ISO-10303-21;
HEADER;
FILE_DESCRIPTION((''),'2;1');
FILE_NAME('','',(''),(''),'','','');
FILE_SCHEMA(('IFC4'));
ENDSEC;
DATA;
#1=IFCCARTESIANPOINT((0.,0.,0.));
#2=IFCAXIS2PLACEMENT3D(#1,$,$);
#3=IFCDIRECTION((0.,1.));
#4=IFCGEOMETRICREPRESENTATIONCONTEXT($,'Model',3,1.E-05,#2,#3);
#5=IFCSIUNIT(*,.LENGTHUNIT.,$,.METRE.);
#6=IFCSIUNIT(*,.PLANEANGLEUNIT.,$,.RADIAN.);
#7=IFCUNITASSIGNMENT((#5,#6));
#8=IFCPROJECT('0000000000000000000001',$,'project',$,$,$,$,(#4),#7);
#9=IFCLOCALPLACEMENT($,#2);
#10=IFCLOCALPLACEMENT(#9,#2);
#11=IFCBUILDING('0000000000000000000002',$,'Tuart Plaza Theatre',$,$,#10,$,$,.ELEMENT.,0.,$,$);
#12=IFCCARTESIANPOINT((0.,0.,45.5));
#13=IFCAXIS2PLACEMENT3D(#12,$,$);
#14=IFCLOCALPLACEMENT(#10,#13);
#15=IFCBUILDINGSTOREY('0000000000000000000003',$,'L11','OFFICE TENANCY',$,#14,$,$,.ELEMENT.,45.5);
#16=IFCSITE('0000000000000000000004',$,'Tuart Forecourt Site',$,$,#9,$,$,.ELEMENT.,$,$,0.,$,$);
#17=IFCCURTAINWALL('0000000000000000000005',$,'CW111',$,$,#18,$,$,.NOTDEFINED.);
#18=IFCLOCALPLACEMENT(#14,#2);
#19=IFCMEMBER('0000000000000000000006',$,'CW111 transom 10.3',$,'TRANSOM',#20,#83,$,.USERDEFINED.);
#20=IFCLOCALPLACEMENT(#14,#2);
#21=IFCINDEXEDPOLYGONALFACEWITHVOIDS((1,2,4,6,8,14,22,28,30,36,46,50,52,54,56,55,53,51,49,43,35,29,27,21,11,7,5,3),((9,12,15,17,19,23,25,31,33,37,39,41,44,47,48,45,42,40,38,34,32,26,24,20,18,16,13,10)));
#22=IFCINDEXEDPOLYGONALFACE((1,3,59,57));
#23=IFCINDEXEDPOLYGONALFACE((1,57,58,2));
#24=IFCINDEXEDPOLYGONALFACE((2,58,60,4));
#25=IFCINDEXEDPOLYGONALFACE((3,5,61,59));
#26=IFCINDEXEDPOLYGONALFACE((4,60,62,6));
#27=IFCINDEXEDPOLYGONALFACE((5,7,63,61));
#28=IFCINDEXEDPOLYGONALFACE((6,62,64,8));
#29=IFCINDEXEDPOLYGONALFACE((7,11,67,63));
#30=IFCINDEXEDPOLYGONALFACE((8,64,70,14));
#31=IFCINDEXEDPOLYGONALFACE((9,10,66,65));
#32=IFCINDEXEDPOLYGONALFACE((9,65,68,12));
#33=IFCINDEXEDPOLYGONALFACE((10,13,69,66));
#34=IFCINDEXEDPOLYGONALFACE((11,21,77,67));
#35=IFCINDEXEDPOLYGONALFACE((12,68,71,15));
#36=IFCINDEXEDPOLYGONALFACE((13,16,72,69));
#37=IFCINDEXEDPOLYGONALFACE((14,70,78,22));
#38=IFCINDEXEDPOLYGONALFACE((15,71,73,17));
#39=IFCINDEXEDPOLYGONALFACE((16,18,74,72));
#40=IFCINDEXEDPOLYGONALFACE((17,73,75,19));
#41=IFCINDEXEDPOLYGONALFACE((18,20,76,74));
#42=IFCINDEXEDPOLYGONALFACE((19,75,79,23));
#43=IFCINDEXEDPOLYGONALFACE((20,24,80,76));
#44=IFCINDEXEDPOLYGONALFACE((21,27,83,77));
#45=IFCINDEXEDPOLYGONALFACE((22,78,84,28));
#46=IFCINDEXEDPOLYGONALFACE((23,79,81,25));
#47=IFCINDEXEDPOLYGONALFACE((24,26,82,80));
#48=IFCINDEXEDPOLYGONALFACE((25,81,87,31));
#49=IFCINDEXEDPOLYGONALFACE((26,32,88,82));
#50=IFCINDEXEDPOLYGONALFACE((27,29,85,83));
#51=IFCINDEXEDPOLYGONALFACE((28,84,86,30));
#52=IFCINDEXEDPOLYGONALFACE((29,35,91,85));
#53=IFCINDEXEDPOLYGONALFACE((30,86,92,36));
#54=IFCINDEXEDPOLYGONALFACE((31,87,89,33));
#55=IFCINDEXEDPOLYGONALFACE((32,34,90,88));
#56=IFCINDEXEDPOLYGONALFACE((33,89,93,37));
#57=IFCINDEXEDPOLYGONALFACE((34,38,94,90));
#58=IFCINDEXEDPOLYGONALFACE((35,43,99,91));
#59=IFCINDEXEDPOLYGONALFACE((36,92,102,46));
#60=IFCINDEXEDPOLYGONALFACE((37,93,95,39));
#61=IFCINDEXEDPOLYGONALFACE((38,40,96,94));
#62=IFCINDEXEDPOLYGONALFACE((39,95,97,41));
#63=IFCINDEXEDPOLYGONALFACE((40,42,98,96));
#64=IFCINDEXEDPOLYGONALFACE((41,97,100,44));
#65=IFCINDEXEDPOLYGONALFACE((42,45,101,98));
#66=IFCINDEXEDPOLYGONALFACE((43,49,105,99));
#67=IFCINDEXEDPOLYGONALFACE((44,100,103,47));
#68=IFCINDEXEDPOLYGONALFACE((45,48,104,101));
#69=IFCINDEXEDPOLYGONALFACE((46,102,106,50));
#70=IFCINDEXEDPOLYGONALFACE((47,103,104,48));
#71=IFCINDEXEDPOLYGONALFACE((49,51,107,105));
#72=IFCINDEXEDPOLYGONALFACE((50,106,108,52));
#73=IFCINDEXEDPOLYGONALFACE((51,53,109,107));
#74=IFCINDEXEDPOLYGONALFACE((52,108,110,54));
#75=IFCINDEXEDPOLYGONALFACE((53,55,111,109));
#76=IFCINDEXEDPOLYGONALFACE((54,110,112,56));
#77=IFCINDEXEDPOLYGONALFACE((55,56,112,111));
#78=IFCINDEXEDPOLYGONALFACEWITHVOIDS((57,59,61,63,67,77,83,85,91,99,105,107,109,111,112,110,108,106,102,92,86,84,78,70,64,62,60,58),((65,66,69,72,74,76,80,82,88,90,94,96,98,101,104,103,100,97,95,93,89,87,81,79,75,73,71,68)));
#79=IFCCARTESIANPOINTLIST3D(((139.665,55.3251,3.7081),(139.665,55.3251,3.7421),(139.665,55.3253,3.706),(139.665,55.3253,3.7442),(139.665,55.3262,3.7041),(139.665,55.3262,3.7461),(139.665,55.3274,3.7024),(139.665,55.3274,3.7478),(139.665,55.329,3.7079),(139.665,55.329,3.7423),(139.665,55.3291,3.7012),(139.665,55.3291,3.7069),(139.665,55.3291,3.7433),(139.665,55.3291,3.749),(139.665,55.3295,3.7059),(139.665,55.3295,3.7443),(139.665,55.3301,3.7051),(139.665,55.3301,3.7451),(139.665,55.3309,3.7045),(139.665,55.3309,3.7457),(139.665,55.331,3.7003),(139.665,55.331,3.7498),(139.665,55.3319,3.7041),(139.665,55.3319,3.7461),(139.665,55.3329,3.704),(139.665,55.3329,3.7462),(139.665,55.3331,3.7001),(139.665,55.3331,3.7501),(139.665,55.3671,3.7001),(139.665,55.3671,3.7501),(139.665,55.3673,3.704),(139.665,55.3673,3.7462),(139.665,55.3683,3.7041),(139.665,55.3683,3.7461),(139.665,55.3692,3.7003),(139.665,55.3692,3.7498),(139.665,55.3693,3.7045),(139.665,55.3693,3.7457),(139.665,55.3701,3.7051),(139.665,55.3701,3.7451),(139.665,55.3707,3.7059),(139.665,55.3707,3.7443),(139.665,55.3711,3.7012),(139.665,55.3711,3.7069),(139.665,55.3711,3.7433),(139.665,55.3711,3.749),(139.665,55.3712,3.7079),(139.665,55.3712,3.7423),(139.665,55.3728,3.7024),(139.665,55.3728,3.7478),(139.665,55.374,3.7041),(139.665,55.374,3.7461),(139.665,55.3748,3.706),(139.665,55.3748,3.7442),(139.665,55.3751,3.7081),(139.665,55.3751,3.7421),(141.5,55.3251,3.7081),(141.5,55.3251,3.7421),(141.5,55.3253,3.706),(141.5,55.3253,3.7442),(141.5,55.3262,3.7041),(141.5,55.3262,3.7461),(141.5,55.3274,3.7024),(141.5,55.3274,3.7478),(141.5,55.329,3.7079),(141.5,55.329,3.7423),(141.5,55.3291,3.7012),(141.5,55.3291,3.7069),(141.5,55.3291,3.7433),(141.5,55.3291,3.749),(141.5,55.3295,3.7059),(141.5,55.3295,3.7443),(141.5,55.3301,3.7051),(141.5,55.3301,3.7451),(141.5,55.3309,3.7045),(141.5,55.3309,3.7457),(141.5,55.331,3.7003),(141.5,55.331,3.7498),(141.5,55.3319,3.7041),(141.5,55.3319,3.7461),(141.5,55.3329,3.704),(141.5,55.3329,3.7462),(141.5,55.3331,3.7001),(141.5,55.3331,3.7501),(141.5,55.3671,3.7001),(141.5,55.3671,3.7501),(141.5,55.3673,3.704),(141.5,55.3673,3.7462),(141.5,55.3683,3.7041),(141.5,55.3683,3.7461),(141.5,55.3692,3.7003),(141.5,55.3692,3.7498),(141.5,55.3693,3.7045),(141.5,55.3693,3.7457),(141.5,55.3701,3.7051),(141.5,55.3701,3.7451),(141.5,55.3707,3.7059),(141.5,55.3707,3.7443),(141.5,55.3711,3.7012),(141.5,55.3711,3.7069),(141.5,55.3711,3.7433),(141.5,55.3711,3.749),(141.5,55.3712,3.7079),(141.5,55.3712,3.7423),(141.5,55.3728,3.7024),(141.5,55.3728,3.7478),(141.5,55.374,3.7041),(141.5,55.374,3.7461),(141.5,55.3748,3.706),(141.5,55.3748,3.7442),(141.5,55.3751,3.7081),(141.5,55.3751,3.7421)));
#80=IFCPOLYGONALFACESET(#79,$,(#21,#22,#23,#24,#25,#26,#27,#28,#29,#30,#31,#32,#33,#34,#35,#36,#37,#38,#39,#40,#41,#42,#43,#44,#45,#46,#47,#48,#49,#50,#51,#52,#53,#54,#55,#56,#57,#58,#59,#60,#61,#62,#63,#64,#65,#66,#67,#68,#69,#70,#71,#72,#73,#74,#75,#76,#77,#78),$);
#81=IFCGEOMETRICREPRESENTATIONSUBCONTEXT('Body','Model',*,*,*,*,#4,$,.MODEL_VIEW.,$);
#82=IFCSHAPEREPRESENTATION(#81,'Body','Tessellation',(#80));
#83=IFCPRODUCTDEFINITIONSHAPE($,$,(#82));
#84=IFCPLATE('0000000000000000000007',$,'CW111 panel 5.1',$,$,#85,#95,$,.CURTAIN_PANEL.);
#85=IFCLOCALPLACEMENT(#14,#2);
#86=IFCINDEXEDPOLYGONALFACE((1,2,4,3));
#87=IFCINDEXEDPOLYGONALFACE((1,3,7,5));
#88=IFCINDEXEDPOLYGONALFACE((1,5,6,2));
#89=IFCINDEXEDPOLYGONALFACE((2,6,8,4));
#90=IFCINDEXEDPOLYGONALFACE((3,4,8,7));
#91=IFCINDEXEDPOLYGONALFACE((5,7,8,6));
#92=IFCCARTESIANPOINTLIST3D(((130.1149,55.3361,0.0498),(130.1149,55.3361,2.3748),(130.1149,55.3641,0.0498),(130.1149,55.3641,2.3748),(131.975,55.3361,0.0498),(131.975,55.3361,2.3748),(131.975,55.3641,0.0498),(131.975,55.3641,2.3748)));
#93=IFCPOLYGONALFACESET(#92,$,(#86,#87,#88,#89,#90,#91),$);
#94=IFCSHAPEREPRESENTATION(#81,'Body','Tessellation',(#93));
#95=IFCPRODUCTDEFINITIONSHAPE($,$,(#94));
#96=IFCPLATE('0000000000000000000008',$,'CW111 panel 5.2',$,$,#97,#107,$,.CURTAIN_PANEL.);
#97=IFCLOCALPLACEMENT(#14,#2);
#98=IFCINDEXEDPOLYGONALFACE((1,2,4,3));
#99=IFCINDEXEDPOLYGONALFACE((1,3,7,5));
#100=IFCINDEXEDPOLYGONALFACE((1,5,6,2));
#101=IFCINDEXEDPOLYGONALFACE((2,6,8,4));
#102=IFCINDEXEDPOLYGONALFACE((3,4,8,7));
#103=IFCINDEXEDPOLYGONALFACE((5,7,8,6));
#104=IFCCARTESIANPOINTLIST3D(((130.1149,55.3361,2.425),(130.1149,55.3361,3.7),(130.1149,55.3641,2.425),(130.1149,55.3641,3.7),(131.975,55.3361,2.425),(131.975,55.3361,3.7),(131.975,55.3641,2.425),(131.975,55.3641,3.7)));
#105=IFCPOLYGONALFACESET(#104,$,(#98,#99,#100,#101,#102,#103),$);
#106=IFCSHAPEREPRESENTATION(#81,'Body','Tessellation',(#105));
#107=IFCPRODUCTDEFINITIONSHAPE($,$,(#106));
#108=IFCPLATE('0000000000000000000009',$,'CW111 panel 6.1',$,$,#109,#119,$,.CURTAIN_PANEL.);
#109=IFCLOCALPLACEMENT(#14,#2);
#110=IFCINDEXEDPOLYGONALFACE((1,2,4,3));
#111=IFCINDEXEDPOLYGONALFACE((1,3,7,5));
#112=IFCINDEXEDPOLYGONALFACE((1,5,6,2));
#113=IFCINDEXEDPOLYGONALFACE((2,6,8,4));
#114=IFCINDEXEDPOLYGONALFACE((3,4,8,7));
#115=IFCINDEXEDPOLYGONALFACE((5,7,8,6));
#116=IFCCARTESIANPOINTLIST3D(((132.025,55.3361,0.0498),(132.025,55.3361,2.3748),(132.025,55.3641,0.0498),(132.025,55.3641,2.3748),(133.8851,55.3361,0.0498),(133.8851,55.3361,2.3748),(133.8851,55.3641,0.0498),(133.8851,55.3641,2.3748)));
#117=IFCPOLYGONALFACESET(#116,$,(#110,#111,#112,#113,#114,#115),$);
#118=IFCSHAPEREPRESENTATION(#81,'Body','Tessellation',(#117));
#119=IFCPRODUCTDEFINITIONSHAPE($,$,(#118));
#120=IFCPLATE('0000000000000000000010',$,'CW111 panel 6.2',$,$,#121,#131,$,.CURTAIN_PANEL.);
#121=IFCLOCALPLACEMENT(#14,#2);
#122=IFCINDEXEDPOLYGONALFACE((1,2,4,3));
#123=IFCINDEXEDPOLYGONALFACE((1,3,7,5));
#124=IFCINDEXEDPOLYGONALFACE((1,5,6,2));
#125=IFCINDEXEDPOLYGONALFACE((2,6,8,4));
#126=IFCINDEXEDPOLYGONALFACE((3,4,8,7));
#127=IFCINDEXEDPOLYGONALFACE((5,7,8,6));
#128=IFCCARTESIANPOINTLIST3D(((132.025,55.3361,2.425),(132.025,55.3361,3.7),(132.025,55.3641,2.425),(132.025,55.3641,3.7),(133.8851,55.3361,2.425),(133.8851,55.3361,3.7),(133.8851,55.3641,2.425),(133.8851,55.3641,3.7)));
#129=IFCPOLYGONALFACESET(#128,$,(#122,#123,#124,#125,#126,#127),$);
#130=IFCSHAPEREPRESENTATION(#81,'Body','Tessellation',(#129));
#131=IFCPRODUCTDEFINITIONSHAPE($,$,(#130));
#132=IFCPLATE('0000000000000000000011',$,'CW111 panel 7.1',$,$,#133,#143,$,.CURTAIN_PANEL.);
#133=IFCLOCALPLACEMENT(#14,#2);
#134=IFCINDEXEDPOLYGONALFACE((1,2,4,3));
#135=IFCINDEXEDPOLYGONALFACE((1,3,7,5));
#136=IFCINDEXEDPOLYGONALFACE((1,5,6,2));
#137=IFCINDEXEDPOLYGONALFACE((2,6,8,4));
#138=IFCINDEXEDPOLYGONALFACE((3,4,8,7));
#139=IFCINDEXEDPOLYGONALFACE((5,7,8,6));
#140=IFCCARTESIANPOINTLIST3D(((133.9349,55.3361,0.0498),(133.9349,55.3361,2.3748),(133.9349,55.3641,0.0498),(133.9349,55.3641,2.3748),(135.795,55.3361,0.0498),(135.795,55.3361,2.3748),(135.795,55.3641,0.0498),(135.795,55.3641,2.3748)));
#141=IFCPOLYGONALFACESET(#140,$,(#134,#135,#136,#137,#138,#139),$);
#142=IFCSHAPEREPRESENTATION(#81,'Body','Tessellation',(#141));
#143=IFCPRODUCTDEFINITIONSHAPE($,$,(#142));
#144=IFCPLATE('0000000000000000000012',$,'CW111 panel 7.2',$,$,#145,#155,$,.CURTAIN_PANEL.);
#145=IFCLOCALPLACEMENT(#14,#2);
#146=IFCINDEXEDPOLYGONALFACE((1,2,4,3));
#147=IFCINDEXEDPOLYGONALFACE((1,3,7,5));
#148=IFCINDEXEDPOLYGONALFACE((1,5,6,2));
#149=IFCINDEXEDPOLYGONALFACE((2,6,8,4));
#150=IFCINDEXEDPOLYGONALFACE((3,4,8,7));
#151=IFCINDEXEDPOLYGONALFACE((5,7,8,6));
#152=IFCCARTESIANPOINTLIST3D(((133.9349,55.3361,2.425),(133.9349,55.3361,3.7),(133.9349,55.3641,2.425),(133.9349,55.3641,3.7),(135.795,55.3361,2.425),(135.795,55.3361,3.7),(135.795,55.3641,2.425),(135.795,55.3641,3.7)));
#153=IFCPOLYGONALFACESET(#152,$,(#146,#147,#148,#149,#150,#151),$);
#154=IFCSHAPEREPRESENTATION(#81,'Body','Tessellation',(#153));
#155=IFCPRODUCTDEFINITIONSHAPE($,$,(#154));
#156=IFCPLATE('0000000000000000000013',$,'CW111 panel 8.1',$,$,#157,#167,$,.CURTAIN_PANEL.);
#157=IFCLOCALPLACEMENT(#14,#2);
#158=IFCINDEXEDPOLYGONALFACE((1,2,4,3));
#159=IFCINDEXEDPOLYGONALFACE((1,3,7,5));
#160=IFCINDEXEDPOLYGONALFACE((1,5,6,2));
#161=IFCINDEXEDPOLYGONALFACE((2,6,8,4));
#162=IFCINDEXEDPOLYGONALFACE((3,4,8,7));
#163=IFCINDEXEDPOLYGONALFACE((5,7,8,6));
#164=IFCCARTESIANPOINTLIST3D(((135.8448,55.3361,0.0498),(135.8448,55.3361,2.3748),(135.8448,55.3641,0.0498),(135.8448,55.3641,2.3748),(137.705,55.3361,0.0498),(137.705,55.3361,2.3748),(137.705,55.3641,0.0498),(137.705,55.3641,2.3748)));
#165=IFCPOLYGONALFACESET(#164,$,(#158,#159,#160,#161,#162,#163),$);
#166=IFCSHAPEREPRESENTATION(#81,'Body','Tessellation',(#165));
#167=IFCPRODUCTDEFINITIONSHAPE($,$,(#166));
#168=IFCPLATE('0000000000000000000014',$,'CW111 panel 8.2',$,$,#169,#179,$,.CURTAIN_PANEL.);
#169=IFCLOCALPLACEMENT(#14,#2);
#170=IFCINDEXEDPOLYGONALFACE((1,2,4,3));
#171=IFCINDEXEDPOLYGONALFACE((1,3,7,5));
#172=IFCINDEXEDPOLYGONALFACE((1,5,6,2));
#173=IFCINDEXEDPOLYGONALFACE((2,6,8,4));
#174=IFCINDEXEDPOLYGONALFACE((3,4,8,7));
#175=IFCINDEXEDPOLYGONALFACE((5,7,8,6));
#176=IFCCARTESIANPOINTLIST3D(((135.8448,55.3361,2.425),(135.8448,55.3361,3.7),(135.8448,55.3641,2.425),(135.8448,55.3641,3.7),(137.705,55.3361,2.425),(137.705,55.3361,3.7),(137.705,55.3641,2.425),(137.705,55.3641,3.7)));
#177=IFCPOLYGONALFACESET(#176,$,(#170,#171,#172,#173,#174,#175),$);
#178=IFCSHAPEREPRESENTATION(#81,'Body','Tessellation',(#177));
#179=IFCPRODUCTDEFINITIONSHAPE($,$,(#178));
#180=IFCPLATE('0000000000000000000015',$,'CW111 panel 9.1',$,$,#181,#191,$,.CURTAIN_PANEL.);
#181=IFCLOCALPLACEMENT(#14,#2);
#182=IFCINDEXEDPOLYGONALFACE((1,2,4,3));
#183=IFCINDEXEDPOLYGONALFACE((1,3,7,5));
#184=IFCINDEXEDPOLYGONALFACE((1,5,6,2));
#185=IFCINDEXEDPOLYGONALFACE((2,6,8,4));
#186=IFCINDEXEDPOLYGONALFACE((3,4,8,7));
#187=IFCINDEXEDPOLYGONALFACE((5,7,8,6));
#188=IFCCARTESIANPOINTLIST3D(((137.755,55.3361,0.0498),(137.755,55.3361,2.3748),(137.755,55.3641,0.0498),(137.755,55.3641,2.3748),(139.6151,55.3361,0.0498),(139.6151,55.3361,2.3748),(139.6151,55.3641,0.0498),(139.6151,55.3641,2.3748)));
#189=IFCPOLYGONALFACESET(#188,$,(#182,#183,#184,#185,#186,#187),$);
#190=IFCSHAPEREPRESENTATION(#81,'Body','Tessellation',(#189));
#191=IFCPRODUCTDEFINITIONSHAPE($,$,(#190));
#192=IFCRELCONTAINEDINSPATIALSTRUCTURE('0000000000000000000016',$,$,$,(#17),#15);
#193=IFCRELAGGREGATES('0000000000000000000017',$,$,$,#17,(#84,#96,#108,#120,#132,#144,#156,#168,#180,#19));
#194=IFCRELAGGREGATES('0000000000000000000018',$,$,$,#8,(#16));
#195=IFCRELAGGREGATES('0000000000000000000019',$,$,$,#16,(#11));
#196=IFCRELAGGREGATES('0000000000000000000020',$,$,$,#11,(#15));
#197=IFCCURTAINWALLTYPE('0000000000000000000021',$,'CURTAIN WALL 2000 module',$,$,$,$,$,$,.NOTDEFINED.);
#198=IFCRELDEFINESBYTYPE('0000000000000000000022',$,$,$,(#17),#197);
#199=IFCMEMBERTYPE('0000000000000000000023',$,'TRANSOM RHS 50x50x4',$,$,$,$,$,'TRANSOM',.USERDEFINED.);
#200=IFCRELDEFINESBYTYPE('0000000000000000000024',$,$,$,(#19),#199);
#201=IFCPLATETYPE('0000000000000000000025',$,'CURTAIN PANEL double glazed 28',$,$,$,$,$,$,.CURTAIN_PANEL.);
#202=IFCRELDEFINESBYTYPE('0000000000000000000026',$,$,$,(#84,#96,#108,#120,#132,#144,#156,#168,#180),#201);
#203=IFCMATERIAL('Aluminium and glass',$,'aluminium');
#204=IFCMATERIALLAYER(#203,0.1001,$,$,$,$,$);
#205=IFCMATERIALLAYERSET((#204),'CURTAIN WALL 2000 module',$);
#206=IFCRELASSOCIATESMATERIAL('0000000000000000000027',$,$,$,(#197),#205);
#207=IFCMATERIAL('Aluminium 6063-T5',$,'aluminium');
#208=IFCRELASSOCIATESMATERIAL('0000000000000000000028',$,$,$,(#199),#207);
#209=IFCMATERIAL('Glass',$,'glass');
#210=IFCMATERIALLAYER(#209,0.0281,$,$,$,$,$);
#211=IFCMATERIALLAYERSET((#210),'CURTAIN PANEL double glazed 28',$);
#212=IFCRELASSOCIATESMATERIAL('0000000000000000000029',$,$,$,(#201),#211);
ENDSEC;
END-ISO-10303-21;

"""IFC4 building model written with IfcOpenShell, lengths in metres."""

from ifc_helpers import new_model, si_unit, direction, frame, origin, origin_2d, place, context, subcontext, project, spatial, rectangle, hollow_rectangle, extrude, material, layer, layer_set, material_profile, profile_set, type_object, element, aggregate, save


model = new_model("IFC4")

# Units and contexts
model_context = context("Model", 3, precision=1e-05, world=origin(), true_north=direction((0.0, 1.0)))
body_context = subcontext(model_context, "Body", "Model", "MODEL_VIEW")
ifc_project = project(units=[si_unit("LENGTHUNIT", "METRE"), si_unit("PLANEANGLEUNIT", "RADIAN")], contexts=[model_context])

# Site, building, storey
site_placement = place(None, origin())
site = spatial("IfcSite", under=ifc_project, at=site_placement, Name="Tuart Forecourt Site", CompositionType="ELEMENT", RefElevation=0.0)
building_placement = place(site_placement, origin())
building = spatial("IfcBuilding", under=site, at=building_placement, Name="Tuart Plaza Theatre", CompositionType="ELEMENT", ElevationOfRefHeight=0.0)
storey_placement = place(building_placement, frame((0.0, 0.0, 45.5)))
storey = spatial("IfcBuildingStorey", under=building, at=storey_placement, Name="L11", Description="OFFICE TENANCY", CompositionType="ELEMENT", Elevation=45.5)

# Shared definitions
ifc_material_1 = material(Name="Aluminium and glass", Category="aluminium")
ifc_layer_1 = layer(ifc_material_1, 0.1001)
ifc_layer_set_1 = layer_set([ifc_layer_1], Name="CURTAIN WALL 2000 module")
curtain_wall_type = type_object("IfcCurtainWallType", Name="CURTAIN WALL 2000 module", PredefinedType="NOTDEFINED", material=ifc_layer_set_1)

# Curtain wall
curtain_wall_1_placement = place(storey_placement, origin())
curtain_wall_1 = element("IfcCurtainWall", 1, at=curtain_wall_1_placement, inside=storey, type_object=curtain_wall_type, Name="CW111", PredefinedType="NOTDEFINED")

# Member
ifc_material_2 = material(Name="Aluminium 6063-T5", Category="aluminium")
ifc_material_profile_1 = material_profile(ifc_material_2, hollow_rectangle(XDim=0.05, YDim=0.05, WallThickness=0.0039, InnerFilletRadius=0.0039, OuterFilletRadius=0.0081, at=origin_2d()), Name="RHS 50x50x4")
ifc_profile_set_1 = profile_set([ifc_material_profile_1], Name="Aluminium 6063-T5")
member_type_1 = type_object("IfcMemberType", Name="TRANSOM RHS 50x50x4", ElementType="TRANSOM", PredefinedType="USERDEFINED", material=ifc_profile_set_1)
member_1_placement = place(storey_placement, frame((139.665, 55.3501, 3.7251), z_axis=(1.0, 0.0, 0.0), x_axis=(0.0, 1.0, 0.0)))
member_1 = element("IfcMember", 2, at=member_1_placement, type_object=member_type_1, Name="CW111 transom 10.3", ObjectType="TRANSOM", PredefinedType="USERDEFINED", context=body_context, shape_type="SweptSolid", body=[
    extrude(hollow_rectangle(XDim=0.05, YDim=0.05, WallThickness=0.0039, InnerFilletRadius=0.0039, OuterFilletRadius=0.0081, at=origin_2d()), origin(), (0.0, 0.0, 1.0), 1.835),
])

# Plates
ifc_material_3 = material(Name="Glass", Category="glass")
ifc_layer_2 = layer(ifc_material_3, 0.0281)
ifc_layer_set_2 = layer_set([ifc_layer_2], Name="CURTAIN PANEL double glazed 28")
plate_type = type_object("IfcPlateType", Name="CURTAIN PANEL double glazed 28", PredefinedType="CURTAIN_PANEL", material=ifc_layer_set_2)
plate_1_placement = place(storey_placement, frame((131.0449, 55.3501, 0.0498), z_axis=(0.0, 0.0, 1.0), x_axis=(1.0, 0.0, 0.0)))
plate_1 = element("IfcPlate", 3, at=plate_1_placement, type_object=plate_type, Name="CW111 panel 5.1", PredefinedType="CURTAIN_PANEL", context=body_context, shape_type="SweptSolid", body=[
    extrude(rectangle(XDim=1.8601, YDim=0.0281, at=origin_2d()), origin(), (0.0, 0.0, 1.0), 2.325),
])
plate_2_placement = place(storey_placement, frame((131.0449, 55.3501, 2.425), z_axis=(0.0, 0.0, 1.0), x_axis=(1.0, 0.0, 0.0)))
plate_2 = element("IfcPlate", 4, at=plate_2_placement, type_object=plate_type, Name="CW111 panel 5.2", PredefinedType="CURTAIN_PANEL", context=body_context, shape_type="SweptSolid", body=[
    extrude(rectangle(XDim=1.8601, YDim=0.0281, at=origin_2d()), origin(), (0.0, 0.0, 1.0), 1.2749),
])
plate_3_placement = place(storey_placement, frame((132.9551, 55.3501, 0.0498), z_axis=(0.0, 0.0, 1.0), x_axis=(1.0, 0.0, 0.0)))
plate_3 = element("IfcPlate", 5, at=plate_3_placement, type_object=plate_type, Name="CW111 panel 6.1", PredefinedType="CURTAIN_PANEL", context=body_context, shape_type="SweptSolid", body=[
    extrude(rectangle(XDim=1.8601, YDim=0.0281, at=origin_2d()), origin(), (0.0, 0.0, 1.0), 2.325),
])
plate_4_placement = place(storey_placement, frame((132.9551, 55.3501, 2.425), z_axis=(0.0, 0.0, 1.0), x_axis=(1.0, 0.0, 0.0)))
plate_4 = element("IfcPlate", 6, at=plate_4_placement, type_object=plate_type, Name="CW111 panel 6.2", PredefinedType="CURTAIN_PANEL", context=body_context, shape_type="SweptSolid", body=[
    extrude(rectangle(XDim=1.8601, YDim=0.0281, at=origin_2d()), origin(), (0.0, 0.0, 1.0), 1.2749),
])
plate_5_placement = place(storey_placement, frame((134.865, 55.3501, 0.0498), z_axis=(0.0, 0.0, 1.0), x_axis=(1.0, 0.0, 0.0)))
plate_5 = element("IfcPlate", 7, at=plate_5_placement, type_object=plate_type, Name="CW111 panel 7.1", PredefinedType="CURTAIN_PANEL", context=body_context, shape_type="SweptSolid", body=[
    extrude(rectangle(XDim=1.8601, YDim=0.0281, at=origin_2d()), origin(), (0.0, 0.0, 1.0), 2.325),
])
plate_6_placement = place(storey_placement, frame((134.865, 55.3501, 2.425), z_axis=(0.0, 0.0, 1.0), x_axis=(1.0, 0.0, 0.0)))
plate_6 = element("IfcPlate", 8, at=plate_6_placement, type_object=plate_type, Name="CW111 panel 7.2", PredefinedType="CURTAIN_PANEL", context=body_context, shape_type="SweptSolid", body=[
    extrude(rectangle(XDim=1.8601, YDim=0.0281, at=origin_2d()), origin(), (0.0, 0.0, 1.0), 1.2749),
])
plate_7_placement = place(storey_placement, frame((136.7749, 55.3501, 0.0498), z_axis=(0.0, 0.0, 1.0), x_axis=(1.0, 0.0, 0.0)))
plate_7 = element("IfcPlate", 9, at=plate_7_placement, type_object=plate_type, Name="CW111 panel 8.1", PredefinedType="CURTAIN_PANEL", context=body_context, shape_type="SweptSolid", body=[
    extrude(rectangle(XDim=1.8601, YDim=0.0281, at=origin_2d()), origin(), (0.0, 0.0, 1.0), 2.325),
])
plate_8_placement = place(storey_placement, frame((136.7749, 55.3501, 2.425), z_axis=(0.0, 0.0, 1.0), x_axis=(1.0, 0.0, 0.0)))
plate_8 = element("IfcPlate", 10, at=plate_8_placement, type_object=plate_type, Name="CW111 panel 8.2", PredefinedType="CURTAIN_PANEL", context=body_context, shape_type="SweptSolid", body=[
    extrude(rectangle(XDim=1.8601, YDim=0.0281, at=origin_2d()), origin(), (0.0, 0.0, 1.0), 1.2749),
])
plate_9_placement = place(storey_placement, frame((138.6851, 55.3501, 0.0498), z_axis=(0.0, 0.0, 1.0), x_axis=(1.0, 0.0, 0.0)))
plate_9 = element("IfcPlate", 11, at=plate_9_placement, type_object=plate_type, Name="CW111 panel 9.1", PredefinedType="CURTAIN_PANEL", context=body_context, shape_type="SweptSolid", body=[
    extrude(rectangle(XDim=1.8601, YDim=0.0281, at=origin_2d()), origin(), (0.0, 0.0, 1.0), 2.325),
])
aggregate(curtain_wall_1, [plate_1, plate_2, plate_3, plate_4, plate_5, plate_6, plate_7, plate_8, plate_9, member_1])

save(model, "model.ifc")
